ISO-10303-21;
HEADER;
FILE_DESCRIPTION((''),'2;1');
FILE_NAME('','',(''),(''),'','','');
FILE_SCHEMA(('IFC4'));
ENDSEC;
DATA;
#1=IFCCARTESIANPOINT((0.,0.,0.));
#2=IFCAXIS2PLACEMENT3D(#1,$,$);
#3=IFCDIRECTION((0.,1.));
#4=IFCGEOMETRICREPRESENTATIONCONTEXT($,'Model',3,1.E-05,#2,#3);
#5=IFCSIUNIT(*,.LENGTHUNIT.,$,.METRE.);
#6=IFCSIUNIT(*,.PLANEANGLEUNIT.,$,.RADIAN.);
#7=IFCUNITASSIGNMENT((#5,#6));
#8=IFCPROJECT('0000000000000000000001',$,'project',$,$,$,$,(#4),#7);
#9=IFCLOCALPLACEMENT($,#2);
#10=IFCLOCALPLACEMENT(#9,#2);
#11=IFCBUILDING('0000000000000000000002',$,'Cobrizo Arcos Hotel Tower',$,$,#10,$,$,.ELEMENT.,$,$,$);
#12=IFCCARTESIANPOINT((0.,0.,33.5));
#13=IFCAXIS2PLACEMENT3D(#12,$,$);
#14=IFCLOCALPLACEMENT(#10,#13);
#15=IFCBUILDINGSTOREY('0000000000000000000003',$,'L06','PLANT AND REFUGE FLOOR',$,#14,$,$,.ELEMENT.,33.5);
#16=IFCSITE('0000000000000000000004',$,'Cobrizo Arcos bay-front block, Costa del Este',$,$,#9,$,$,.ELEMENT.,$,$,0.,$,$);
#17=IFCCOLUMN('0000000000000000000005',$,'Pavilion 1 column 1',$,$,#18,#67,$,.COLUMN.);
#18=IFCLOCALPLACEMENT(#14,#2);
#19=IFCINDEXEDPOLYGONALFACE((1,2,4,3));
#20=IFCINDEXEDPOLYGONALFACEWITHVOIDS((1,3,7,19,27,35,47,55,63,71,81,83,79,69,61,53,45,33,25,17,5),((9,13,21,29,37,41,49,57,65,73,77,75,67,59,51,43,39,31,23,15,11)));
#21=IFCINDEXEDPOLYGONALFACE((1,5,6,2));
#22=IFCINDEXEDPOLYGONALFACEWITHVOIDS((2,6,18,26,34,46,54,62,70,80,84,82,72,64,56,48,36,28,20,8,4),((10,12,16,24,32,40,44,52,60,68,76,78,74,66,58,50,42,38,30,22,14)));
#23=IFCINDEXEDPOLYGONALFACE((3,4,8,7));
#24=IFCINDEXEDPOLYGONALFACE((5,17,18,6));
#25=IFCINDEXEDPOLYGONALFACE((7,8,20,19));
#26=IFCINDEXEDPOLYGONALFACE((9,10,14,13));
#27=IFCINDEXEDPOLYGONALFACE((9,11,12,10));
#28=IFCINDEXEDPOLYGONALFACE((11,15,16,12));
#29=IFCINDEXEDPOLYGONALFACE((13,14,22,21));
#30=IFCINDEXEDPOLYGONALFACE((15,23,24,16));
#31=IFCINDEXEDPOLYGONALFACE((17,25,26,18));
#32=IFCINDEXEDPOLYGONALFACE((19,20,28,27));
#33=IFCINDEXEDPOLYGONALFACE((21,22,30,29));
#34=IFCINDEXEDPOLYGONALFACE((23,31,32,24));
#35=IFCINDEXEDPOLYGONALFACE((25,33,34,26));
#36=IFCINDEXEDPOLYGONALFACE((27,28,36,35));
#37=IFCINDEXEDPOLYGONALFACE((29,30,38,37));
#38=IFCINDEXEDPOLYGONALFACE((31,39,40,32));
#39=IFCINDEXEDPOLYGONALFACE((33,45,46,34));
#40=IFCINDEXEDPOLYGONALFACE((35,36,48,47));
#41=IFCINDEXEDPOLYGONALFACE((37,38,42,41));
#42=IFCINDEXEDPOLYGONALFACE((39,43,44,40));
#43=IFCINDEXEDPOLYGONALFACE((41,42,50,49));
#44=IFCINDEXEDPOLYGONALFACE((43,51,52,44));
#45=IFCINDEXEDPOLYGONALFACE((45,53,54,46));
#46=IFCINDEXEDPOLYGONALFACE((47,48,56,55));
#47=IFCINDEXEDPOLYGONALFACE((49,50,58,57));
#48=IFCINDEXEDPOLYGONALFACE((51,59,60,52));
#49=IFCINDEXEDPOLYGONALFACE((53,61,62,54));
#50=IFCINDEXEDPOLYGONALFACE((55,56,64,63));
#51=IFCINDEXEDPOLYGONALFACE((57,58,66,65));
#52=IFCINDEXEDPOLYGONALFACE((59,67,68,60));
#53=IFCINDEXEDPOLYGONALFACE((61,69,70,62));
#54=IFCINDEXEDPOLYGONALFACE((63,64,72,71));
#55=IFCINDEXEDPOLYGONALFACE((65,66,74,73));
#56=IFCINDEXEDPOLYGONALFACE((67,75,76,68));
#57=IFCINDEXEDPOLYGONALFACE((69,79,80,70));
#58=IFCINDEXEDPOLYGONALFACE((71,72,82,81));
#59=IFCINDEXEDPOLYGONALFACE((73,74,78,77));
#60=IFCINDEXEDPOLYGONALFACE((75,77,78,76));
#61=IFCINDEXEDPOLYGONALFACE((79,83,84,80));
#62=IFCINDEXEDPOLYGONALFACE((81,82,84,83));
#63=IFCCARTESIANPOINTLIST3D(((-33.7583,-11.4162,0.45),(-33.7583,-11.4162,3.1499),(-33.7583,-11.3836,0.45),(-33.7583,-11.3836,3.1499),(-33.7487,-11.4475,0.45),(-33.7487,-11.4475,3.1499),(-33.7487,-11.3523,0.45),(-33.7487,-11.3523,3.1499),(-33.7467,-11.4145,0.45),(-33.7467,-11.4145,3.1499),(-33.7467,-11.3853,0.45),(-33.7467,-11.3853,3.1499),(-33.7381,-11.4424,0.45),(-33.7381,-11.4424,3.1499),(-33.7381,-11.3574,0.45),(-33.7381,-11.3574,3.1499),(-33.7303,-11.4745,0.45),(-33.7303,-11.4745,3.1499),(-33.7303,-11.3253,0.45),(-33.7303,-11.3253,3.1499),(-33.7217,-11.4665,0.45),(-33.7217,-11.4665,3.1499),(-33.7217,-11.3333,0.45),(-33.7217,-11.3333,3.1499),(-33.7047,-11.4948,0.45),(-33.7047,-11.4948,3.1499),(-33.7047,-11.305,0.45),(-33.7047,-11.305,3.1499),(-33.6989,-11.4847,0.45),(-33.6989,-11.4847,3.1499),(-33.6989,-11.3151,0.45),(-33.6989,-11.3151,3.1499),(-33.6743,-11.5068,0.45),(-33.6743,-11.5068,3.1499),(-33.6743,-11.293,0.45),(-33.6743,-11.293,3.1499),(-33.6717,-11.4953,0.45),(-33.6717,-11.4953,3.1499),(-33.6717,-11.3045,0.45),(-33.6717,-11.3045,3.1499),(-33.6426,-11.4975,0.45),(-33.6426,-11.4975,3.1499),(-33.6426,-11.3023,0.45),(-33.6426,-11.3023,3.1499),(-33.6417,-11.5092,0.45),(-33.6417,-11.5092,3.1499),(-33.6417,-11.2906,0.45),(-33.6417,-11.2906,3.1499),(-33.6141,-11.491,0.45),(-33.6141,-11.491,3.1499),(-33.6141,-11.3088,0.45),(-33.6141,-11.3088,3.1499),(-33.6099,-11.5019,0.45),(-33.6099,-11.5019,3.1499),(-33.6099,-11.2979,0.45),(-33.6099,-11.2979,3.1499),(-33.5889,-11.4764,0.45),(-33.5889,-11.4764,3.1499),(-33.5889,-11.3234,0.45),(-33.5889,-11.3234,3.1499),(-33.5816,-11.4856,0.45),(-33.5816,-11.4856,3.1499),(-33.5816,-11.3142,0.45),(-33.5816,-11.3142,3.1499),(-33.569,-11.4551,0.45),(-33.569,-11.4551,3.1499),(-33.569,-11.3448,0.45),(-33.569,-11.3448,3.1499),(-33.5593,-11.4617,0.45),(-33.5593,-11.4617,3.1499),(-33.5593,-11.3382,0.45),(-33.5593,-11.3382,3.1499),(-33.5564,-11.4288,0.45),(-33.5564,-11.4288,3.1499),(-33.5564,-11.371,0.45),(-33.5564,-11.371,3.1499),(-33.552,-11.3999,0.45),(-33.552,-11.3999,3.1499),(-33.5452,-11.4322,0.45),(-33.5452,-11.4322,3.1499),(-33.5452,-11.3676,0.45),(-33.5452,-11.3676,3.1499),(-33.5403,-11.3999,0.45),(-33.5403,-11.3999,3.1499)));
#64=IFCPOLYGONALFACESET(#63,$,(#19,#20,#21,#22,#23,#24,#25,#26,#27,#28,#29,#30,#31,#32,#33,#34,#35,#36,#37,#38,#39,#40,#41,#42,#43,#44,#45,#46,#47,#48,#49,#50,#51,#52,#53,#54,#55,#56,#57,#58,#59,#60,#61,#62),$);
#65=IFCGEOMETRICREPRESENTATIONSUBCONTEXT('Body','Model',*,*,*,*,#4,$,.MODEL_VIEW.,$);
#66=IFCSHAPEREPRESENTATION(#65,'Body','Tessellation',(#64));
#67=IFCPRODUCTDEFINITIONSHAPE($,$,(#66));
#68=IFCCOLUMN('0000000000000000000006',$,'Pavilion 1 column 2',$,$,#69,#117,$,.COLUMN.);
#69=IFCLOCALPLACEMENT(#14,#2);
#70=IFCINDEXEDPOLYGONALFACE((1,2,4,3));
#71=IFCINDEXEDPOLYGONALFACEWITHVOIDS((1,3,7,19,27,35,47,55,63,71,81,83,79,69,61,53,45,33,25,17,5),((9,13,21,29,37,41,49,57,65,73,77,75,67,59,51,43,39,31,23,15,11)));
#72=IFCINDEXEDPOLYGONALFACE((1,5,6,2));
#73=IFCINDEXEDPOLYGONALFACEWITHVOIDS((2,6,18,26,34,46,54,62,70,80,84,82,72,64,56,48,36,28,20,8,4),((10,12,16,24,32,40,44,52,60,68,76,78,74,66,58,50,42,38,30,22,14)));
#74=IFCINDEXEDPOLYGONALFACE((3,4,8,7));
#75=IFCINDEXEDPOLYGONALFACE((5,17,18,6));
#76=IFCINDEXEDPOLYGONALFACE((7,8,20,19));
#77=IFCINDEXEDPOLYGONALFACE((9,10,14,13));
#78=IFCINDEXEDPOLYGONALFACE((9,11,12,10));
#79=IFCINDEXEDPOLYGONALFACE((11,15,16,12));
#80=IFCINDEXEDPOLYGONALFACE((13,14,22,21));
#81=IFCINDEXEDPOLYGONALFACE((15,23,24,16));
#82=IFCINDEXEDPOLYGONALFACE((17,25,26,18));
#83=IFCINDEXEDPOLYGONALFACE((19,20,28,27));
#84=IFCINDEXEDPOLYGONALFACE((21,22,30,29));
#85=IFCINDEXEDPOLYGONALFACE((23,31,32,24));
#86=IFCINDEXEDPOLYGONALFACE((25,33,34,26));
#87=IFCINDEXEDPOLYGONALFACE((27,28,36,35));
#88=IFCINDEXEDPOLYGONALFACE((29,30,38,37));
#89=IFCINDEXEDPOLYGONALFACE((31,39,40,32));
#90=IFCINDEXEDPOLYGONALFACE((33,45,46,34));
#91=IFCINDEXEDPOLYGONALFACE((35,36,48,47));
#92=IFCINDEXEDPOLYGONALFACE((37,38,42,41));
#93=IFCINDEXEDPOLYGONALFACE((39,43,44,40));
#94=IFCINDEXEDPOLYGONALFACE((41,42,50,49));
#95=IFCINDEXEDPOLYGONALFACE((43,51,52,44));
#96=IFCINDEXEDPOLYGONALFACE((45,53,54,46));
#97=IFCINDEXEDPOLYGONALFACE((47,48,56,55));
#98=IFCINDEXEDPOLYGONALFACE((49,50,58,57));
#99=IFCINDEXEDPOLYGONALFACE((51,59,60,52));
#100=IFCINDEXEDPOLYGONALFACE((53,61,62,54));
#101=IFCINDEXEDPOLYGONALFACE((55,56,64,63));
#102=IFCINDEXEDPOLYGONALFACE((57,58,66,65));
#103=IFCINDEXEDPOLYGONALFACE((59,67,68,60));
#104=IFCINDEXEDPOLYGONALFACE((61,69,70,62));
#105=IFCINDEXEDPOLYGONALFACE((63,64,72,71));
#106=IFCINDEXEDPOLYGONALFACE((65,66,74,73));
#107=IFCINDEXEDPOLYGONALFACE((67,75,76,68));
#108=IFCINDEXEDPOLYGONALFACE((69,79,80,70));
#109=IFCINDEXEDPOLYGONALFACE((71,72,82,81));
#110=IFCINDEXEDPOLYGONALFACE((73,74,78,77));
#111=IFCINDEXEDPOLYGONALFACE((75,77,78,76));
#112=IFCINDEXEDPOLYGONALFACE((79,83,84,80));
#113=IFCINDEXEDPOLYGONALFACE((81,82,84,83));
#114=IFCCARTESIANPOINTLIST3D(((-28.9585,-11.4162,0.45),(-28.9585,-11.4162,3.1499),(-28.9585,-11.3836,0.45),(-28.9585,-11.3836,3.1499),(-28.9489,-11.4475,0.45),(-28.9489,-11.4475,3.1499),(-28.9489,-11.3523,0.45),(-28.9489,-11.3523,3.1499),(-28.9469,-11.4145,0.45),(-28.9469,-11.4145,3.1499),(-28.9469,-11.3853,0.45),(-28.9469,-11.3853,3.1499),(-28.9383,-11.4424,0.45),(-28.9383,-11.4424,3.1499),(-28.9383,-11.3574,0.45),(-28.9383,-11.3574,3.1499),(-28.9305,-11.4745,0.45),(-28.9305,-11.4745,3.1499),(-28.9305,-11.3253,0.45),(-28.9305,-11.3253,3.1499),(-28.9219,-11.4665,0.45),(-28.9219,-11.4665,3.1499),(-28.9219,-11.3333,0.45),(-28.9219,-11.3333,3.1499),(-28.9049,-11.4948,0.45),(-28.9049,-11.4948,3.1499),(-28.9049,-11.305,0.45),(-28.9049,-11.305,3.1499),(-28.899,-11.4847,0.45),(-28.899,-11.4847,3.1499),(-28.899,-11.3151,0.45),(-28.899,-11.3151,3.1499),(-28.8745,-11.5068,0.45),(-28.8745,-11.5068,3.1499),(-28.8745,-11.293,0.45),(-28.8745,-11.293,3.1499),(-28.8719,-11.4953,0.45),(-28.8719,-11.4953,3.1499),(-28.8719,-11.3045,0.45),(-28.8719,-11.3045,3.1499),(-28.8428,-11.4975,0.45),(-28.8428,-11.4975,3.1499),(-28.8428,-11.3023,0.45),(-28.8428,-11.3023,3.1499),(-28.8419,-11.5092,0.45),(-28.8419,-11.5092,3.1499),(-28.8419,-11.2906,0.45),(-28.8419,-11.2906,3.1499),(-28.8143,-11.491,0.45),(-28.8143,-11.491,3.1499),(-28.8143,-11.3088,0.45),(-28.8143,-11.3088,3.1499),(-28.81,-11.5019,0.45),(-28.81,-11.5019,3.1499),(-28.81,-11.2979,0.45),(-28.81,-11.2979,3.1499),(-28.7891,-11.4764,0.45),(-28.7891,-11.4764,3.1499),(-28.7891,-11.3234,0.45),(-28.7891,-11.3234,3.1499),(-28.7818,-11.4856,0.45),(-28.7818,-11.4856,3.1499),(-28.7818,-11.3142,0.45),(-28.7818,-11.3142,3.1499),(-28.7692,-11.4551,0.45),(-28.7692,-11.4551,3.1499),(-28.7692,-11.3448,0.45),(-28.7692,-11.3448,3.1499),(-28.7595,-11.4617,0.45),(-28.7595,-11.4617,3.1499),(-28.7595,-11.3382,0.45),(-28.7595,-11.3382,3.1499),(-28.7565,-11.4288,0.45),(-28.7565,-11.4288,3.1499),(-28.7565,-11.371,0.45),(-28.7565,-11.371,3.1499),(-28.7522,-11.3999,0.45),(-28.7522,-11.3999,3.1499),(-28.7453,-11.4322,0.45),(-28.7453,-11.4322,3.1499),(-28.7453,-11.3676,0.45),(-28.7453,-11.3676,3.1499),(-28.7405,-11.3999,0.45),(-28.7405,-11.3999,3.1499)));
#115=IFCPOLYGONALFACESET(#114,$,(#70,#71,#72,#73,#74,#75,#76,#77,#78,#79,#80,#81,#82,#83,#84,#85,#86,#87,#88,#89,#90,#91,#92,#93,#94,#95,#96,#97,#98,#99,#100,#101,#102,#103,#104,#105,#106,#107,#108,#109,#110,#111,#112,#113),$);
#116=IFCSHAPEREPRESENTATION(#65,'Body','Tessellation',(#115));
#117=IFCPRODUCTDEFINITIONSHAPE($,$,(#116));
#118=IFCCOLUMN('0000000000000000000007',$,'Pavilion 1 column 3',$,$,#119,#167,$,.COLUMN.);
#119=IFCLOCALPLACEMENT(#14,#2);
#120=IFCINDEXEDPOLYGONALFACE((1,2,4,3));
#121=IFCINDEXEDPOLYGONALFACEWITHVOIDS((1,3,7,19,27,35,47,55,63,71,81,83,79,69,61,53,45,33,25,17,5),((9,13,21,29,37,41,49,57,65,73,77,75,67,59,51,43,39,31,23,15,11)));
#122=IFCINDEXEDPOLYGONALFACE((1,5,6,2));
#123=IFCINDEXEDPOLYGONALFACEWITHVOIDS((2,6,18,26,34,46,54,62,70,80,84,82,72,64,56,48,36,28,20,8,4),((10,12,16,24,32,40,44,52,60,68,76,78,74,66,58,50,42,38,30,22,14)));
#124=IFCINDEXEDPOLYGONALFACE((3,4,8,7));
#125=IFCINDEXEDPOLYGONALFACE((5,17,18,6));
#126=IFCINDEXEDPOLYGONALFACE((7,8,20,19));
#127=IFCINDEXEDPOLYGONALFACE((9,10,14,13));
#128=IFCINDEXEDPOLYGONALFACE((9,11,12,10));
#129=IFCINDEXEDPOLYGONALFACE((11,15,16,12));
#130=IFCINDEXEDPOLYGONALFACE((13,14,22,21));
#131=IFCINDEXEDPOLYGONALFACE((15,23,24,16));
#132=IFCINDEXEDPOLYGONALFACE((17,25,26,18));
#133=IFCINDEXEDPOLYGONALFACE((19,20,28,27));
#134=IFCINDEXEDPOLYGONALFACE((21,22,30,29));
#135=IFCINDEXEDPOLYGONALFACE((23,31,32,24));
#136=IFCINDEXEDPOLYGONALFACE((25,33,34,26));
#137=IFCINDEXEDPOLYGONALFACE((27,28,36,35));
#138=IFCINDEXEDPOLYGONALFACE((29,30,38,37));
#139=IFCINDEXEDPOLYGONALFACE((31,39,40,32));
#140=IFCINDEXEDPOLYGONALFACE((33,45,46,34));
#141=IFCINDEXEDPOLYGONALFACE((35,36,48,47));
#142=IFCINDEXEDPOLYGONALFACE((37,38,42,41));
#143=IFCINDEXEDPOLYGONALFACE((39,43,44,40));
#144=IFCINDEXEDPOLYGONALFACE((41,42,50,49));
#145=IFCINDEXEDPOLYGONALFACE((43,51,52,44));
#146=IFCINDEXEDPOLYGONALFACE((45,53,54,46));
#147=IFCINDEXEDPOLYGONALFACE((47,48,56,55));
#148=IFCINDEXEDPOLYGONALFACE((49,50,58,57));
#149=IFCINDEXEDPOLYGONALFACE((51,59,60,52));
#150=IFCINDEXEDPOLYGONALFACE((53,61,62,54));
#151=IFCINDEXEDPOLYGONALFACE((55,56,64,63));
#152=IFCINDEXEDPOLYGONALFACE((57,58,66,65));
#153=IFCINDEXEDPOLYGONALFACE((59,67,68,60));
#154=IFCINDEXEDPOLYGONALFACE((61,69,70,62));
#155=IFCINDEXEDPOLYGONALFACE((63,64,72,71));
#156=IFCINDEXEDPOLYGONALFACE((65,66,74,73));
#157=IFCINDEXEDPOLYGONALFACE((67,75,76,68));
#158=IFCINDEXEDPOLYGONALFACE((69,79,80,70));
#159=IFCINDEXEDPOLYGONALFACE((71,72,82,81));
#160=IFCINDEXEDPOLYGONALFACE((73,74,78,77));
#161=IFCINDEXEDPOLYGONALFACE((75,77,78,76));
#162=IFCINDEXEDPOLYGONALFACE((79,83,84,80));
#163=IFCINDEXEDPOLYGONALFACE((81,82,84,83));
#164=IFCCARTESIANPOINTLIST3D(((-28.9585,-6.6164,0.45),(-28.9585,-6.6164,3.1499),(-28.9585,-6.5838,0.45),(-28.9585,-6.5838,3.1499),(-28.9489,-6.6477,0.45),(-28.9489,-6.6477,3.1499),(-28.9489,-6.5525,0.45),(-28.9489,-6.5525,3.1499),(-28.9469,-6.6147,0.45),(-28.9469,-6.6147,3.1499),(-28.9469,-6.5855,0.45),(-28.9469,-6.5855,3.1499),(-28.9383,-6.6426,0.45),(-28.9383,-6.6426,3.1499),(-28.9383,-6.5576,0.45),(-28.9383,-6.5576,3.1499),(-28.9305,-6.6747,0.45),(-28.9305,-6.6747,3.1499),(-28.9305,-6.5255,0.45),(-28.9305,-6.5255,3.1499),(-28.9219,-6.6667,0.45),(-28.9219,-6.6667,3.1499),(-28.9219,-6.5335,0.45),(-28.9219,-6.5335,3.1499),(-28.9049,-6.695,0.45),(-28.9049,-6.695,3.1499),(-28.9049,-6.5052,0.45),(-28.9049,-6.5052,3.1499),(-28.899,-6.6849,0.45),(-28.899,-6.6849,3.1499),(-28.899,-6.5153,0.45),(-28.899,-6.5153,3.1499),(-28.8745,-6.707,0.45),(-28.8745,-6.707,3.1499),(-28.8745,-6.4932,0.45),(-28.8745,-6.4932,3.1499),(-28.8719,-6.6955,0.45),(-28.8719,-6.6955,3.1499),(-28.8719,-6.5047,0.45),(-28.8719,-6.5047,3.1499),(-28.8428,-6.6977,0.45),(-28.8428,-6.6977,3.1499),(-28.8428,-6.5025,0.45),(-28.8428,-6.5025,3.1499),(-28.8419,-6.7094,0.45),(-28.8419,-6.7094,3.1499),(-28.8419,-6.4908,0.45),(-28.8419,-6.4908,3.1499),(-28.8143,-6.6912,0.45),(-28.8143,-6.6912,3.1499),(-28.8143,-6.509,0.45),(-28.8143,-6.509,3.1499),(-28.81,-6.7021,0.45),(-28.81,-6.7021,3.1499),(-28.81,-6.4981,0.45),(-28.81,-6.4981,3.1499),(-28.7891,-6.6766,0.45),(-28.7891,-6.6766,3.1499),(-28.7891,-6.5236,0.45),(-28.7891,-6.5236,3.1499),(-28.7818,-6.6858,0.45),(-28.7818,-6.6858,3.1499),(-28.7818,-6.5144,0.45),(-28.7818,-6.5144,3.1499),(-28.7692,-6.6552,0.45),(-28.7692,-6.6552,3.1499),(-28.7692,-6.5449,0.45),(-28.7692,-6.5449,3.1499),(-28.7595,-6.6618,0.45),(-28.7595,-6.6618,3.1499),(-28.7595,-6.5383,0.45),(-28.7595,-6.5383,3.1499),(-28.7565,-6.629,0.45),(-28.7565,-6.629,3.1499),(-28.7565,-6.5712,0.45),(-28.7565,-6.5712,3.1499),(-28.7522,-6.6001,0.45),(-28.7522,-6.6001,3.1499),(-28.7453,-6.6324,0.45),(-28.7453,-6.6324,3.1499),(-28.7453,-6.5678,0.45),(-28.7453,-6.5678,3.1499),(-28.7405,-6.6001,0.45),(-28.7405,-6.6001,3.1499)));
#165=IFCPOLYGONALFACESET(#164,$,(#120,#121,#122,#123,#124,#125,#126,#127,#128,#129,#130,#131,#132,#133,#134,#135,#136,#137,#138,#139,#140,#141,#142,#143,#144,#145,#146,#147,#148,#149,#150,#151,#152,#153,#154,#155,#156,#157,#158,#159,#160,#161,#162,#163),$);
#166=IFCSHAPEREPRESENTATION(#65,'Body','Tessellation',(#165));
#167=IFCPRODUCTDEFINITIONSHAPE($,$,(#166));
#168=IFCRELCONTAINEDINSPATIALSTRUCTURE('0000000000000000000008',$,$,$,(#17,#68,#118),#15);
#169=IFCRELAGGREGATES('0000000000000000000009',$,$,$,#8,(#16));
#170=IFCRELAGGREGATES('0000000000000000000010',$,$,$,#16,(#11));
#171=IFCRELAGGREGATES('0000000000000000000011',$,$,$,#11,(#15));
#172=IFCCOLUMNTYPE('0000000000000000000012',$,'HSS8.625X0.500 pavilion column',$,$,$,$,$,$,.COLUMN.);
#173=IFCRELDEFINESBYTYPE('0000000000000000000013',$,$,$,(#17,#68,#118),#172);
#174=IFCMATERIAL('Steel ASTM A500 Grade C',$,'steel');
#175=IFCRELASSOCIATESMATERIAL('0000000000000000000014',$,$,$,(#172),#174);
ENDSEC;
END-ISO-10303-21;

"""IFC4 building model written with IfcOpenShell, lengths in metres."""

from ifc_helpers import new_model, si_unit, direction, frame, origin, origin_2d, place, context, subcontext, project, spatial, hollow_circle, extrude, material, material_profile, profile_set, type_object, element, save


model = new_model("IFC4")

# Units and contexts
model_context = context("Model", 3, precision=1e-05, world=origin(), true_north=direction((0.0, 1.0)))
body_context = subcontext(model_context, "Body", "Model", "MODEL_VIEW")
ifc_project = project(units=[si_unit("LENGTHUNIT", "METRE"), si_unit("PLANEANGLEUNIT", "RADIAN")], contexts=[model_context])

# Site, building, storey
site_placement = place(None, origin())
site = spatial("IfcSite", under=ifc_project, at=site_placement, Name="Cobrizo Arcos bay-front block, Costa del Este", CompositionType="ELEMENT", RefElevation=0.0)
building_placement = place(site_placement, origin())
building = spatial("IfcBuilding", under=site, at=building_placement, Name="Cobrizo Arcos Hotel Tower", CompositionType="ELEMENT")
storey_placement = place(building_placement, frame((0.0, 0.0, 33.5)))
storey = spatial("IfcBuildingStorey", under=building, at=storey_placement, Name="L06", Description="PLANT AND REFUGE FLOOR", CompositionType="ELEMENT", Elevation=33.5)

# Columns
ifc_material_1 = material(Name="Steel ASTM A500 Grade C", Category="steel")
ifc_material_profile_1 = material_profile(ifc_material_1, hollow_circle(Radius=0.1096, WallThickness=0.0117, at=origin_2d()), Name="HSS8.625X0.500")
ifc_profile_set_1 = profile_set([ifc_material_profile_1], Name="Steel ASTM A500 Grade C")
column_type = type_object("IfcColumnType", Name="HSS8.625X0.500 pavilion column", PredefinedType="COLUMN", material=ifc_profile_set_1)
for number, where, z_axis, x_axis, name in (
    (1, (-33.6499, -11.3999, 0.45), (0.0, 0.0, 1.0), (1.0, 0.0, 0.0), "Pavilion 1 column 1"),
    (2, (-28.8501, -11.3999, 0.45), (0.0, 0.0, 1.0), (1.0, 0.0, 0.0), "Pavilion 1 column 2"),
    (3, (-28.8501, -6.6001, 0.45), (0.0, 0.0, 1.0), (1.0, 0.0, 0.0), "Pavilion 1 column 3"),
):
    element("IfcColumn", number, at=place(storey_placement, frame(where, z_axis=z_axis, x_axis=x_axis)), inside=storey, type_object=column_type, Name=name, PredefinedType="COLUMN", context=body_context, shape_type="SweptSolid", body=[
        extrude(hollow_circle(Radius=0.1096, WallThickness=0.0117, at=origin_2d()), origin(), (0.0, 0.0, 1.0), 2.7),
    ])

save(model, "model.ifc")
